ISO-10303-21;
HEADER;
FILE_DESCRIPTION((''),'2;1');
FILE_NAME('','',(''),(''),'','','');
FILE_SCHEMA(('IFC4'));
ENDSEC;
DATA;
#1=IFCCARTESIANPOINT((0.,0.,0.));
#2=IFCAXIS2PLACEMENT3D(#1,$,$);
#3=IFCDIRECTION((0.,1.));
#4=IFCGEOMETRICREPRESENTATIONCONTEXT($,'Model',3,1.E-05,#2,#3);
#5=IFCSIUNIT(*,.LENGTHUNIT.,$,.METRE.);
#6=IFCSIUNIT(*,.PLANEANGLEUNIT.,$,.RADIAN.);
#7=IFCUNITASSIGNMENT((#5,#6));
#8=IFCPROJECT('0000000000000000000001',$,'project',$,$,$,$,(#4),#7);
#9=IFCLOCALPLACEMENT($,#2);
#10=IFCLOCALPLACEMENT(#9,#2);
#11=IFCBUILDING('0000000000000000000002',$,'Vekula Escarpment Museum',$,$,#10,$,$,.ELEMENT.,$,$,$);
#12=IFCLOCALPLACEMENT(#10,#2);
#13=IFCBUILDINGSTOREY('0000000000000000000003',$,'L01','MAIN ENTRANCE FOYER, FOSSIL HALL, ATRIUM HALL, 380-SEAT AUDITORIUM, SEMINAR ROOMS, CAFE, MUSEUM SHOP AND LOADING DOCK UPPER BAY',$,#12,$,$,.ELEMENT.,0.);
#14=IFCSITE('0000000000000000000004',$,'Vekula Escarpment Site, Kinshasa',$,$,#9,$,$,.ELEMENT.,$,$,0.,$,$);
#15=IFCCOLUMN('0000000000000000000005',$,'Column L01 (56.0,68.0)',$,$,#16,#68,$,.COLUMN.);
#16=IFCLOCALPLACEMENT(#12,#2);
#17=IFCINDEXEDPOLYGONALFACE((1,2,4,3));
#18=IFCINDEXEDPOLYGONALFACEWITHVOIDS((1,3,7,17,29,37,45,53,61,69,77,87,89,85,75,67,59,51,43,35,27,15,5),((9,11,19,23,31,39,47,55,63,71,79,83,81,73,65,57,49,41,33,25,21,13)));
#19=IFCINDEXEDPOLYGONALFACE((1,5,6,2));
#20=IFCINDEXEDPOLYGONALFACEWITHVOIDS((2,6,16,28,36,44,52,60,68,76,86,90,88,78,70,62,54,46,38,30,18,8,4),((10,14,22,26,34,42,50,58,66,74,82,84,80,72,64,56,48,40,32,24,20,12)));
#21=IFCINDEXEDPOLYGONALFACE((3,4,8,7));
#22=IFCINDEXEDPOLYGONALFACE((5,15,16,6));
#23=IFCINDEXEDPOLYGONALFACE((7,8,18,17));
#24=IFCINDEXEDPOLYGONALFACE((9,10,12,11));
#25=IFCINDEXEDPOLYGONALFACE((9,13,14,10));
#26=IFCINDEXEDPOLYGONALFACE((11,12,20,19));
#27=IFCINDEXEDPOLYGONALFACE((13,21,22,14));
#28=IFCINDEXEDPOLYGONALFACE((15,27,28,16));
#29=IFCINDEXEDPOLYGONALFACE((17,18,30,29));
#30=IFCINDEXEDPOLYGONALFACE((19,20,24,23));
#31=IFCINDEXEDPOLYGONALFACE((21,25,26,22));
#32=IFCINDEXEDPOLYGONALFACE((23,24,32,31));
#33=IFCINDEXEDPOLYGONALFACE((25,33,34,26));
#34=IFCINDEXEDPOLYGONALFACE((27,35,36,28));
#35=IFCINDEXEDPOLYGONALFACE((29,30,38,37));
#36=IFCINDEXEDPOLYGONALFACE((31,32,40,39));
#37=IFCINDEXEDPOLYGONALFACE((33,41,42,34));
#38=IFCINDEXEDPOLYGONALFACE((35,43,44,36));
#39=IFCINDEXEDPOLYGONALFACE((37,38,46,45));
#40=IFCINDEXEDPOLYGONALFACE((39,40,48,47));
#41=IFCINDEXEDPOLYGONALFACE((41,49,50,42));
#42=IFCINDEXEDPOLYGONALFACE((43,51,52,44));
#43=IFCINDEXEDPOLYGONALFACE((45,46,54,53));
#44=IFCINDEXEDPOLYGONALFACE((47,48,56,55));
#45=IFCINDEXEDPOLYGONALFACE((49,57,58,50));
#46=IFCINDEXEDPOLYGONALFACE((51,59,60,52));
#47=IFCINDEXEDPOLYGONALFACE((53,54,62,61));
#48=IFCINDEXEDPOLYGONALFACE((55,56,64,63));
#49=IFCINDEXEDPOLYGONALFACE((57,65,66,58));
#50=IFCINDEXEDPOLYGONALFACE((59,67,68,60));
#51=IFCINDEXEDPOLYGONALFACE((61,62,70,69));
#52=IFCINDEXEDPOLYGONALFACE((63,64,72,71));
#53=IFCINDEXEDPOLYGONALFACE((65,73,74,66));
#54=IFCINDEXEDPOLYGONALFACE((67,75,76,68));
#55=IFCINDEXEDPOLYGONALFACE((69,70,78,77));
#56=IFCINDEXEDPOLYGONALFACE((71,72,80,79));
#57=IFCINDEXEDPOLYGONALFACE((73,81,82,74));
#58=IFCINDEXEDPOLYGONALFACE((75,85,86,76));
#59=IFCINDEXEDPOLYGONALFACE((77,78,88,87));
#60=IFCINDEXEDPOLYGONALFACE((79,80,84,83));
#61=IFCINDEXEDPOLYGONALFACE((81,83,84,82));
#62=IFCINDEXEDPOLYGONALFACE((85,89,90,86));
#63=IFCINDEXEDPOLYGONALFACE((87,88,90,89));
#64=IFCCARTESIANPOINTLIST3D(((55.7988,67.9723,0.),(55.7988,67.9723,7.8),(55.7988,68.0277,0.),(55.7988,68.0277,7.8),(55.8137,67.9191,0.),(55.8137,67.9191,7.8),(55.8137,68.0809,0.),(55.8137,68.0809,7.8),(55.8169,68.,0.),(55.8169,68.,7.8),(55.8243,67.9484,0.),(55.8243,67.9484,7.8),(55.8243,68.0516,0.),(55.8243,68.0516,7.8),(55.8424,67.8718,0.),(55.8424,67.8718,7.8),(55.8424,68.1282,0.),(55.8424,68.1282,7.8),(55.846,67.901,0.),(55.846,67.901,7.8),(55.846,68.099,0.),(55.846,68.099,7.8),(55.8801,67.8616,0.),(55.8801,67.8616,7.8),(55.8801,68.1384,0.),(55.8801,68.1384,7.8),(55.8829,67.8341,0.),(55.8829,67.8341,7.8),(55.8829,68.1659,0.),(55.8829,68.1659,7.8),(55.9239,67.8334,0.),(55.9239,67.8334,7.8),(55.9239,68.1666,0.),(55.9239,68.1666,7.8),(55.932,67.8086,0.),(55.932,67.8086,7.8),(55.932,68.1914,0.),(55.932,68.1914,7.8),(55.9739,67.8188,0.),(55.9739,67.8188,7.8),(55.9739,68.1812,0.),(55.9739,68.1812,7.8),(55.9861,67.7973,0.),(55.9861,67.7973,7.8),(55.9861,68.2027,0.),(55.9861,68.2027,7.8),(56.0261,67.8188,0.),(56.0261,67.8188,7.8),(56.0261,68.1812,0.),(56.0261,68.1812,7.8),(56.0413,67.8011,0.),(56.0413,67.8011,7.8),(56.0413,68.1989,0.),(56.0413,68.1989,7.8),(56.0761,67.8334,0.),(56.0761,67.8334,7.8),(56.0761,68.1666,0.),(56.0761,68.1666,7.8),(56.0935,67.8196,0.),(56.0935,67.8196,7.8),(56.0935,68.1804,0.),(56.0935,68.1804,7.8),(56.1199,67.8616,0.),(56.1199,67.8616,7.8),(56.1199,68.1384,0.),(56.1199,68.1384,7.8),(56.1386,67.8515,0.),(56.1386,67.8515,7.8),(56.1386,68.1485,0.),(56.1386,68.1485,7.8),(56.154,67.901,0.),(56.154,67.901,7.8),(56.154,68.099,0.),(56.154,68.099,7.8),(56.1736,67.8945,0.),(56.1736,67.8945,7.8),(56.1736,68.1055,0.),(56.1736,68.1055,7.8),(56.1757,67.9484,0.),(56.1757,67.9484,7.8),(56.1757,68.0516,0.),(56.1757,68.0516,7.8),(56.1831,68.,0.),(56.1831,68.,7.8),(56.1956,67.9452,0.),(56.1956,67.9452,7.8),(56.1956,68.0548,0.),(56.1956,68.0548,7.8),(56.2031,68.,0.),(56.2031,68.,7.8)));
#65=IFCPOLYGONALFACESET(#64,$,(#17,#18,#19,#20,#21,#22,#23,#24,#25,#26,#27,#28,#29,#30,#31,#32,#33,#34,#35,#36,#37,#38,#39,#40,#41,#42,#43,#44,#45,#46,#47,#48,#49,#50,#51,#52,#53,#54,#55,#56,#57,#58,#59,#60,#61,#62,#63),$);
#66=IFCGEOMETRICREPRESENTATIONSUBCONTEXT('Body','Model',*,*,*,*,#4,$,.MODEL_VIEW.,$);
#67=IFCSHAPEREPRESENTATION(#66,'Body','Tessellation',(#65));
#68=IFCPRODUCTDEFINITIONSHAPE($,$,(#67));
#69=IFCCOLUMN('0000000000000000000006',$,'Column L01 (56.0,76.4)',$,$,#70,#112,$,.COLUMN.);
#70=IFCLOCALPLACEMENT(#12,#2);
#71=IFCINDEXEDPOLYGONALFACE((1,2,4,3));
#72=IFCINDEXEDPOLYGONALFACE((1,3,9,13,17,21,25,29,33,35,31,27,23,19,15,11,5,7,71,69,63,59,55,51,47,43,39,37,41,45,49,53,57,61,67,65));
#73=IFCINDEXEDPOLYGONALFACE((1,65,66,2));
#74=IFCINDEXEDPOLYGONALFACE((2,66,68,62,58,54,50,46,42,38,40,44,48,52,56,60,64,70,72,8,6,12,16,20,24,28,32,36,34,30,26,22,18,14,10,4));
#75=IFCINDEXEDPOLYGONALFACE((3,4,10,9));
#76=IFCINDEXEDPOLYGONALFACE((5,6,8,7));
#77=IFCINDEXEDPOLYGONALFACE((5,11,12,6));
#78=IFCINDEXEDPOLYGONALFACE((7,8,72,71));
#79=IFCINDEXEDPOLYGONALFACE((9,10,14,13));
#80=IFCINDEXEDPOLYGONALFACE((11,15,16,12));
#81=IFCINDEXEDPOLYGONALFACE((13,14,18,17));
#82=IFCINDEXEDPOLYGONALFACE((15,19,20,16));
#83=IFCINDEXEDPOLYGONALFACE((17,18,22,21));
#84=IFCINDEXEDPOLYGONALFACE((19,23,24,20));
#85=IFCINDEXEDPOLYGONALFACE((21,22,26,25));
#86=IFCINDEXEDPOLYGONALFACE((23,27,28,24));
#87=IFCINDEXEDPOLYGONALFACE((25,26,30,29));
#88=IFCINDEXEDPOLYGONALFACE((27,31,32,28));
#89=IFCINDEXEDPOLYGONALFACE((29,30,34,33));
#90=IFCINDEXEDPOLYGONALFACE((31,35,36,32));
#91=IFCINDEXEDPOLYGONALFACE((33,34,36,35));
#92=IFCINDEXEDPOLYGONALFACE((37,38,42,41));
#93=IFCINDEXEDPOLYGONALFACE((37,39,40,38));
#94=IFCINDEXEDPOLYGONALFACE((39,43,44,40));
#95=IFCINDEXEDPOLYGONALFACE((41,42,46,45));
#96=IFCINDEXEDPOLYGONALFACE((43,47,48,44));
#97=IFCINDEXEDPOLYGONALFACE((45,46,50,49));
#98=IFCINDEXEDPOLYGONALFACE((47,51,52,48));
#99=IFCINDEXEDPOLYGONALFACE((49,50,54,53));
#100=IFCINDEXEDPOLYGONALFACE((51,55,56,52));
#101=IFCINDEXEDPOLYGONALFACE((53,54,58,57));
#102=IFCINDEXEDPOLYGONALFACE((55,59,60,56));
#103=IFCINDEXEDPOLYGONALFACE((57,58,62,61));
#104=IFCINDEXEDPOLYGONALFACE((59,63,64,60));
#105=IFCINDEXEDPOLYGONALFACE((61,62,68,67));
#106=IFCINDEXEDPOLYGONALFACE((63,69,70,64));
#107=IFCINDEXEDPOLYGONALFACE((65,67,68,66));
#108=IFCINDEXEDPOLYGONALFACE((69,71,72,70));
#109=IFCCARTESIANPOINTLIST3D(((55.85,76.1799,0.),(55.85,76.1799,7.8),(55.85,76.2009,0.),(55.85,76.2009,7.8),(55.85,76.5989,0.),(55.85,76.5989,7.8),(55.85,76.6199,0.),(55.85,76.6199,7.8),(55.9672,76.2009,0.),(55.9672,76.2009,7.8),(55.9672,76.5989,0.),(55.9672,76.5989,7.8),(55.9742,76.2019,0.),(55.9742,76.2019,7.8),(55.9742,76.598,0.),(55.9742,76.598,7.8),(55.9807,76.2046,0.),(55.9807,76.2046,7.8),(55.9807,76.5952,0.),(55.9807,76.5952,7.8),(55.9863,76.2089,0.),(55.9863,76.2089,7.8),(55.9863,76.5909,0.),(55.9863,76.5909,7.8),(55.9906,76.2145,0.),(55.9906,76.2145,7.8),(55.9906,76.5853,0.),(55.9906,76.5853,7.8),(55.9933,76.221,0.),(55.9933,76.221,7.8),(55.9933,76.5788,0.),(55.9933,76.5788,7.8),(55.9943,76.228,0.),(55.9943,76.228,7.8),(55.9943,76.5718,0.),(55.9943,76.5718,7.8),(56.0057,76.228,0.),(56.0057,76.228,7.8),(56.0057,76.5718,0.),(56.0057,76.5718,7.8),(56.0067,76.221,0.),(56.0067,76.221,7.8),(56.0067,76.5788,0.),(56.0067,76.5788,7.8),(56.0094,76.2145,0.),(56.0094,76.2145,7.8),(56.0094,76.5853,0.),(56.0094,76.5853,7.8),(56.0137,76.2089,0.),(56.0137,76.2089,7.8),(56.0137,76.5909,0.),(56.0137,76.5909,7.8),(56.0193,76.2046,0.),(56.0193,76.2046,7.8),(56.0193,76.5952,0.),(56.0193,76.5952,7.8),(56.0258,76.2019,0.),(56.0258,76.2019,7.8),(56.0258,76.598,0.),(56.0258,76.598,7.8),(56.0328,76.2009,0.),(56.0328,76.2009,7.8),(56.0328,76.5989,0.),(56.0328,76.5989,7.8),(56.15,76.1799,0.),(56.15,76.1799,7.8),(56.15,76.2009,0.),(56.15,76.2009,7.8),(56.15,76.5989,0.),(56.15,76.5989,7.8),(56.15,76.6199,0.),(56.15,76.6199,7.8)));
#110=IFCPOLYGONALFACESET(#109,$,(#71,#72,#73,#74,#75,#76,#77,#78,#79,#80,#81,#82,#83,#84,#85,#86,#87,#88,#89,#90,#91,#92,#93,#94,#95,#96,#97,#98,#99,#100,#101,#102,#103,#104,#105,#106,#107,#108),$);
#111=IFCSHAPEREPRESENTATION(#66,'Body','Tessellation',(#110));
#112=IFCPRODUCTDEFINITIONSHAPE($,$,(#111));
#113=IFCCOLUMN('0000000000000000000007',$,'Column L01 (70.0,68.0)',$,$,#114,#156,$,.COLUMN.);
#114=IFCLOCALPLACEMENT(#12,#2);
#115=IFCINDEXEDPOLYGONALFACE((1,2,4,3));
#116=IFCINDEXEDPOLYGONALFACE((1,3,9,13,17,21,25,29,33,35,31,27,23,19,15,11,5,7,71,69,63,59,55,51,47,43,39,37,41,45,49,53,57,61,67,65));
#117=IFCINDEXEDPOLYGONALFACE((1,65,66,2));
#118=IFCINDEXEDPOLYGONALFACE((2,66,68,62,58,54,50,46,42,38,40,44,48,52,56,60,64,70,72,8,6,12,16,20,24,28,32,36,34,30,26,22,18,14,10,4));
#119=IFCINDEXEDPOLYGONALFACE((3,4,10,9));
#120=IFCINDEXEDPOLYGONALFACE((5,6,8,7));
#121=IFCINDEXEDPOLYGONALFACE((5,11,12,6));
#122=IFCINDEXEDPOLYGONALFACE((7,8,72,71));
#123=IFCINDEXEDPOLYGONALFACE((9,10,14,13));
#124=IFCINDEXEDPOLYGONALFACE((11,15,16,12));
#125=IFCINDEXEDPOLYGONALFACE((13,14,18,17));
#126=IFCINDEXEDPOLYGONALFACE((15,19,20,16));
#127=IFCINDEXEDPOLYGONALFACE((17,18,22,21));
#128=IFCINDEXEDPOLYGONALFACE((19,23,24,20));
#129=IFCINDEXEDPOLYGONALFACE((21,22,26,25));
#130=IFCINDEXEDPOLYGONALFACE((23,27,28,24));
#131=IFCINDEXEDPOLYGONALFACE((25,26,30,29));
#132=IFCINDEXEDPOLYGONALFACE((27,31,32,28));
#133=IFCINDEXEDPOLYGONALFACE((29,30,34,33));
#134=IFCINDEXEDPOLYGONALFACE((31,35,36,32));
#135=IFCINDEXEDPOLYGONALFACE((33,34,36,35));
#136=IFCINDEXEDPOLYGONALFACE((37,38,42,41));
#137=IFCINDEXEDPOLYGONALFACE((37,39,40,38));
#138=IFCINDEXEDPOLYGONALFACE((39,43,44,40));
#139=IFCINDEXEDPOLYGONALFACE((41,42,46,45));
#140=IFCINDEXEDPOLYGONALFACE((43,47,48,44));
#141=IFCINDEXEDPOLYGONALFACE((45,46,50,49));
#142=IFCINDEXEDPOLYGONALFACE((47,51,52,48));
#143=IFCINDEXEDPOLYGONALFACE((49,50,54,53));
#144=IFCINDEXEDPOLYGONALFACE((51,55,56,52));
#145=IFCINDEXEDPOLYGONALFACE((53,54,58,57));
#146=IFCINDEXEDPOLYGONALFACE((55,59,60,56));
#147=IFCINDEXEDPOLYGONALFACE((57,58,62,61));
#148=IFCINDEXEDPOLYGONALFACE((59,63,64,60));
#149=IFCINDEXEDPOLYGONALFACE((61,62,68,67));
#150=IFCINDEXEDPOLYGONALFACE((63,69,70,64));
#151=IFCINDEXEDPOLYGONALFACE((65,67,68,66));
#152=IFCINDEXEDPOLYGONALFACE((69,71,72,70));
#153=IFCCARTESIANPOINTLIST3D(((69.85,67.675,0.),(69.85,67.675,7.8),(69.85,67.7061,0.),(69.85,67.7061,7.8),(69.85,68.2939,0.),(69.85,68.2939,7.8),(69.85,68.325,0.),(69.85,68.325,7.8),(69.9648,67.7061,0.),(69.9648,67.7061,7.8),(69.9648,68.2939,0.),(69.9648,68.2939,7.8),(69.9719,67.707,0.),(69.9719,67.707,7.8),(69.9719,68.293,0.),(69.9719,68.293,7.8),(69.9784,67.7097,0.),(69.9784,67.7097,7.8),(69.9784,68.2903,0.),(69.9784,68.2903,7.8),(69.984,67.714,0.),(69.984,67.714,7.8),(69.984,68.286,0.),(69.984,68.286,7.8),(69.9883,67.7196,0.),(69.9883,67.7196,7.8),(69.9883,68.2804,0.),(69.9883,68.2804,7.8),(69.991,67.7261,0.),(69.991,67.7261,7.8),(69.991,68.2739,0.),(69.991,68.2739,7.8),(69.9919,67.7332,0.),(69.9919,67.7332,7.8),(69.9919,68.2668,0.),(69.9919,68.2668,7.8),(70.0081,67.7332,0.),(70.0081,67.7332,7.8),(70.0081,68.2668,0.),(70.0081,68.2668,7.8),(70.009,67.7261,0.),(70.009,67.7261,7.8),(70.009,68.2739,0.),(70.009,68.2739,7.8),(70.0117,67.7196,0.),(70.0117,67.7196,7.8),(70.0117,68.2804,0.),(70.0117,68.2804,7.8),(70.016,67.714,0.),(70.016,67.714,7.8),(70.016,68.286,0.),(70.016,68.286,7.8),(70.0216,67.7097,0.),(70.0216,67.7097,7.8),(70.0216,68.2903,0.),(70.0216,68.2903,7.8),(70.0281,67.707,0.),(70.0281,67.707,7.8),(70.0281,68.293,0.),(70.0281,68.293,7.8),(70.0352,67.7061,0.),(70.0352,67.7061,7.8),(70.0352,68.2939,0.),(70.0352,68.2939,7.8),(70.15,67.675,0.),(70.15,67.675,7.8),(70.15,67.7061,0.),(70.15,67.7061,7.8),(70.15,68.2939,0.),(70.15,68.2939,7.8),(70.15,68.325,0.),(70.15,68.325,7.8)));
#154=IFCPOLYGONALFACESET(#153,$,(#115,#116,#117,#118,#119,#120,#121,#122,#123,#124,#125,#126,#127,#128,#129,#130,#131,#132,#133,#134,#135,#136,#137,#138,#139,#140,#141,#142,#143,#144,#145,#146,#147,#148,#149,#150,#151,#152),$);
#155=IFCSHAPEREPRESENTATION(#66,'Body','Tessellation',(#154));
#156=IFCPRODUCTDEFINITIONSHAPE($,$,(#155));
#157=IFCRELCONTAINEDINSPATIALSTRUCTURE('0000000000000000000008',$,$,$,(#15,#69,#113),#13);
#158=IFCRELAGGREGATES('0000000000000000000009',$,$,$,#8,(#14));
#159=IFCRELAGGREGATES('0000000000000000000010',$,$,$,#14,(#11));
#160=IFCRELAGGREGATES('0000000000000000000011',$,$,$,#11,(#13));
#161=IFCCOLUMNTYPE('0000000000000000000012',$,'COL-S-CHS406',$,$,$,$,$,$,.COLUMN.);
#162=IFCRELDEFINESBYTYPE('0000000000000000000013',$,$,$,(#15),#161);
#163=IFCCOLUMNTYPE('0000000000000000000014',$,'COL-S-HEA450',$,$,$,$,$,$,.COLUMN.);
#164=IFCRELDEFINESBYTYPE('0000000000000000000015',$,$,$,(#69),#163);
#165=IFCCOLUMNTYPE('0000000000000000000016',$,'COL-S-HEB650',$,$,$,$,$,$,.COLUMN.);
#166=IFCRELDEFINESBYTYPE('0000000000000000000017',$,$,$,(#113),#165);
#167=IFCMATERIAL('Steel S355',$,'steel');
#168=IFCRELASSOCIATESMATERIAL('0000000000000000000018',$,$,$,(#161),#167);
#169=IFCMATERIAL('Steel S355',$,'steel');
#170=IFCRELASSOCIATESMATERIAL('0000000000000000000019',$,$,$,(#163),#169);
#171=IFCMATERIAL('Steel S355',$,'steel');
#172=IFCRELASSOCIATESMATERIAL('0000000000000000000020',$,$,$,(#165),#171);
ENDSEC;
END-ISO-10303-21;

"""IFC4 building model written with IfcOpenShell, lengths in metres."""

from ifc_helpers import new_model, si_unit, direction, frame, origin, origin_2d, place, context, subcontext, project, spatial, hollow_circle, i_section, extrude, material, material_profile, profile_set, type_object, element, save


model = new_model("IFC4")

# Units and contexts
model_context = context("Model", 3, precision=1e-05, world=origin(), true_north=direction((0.0, 1.0)))
body_context = subcontext(model_context, "Body", "Model", "MODEL_VIEW")
ifc_project = project(units=[si_unit("LENGTHUNIT", "METRE"), si_unit("PLANEANGLEUNIT", "RADIAN")], contexts=[model_context])

# Site, building, storey
site_placement = place(None, origin())
site = spatial("IfcSite", under=ifc_project, at=site_placement, Name="Vekula Escarpment Site, Kinshasa", CompositionType="ELEMENT", RefElevation=0.0)
building_placement = place(site_placement, origin())
building = spatial("IfcBuilding", under=site, at=building_placement, Name="Vekula Escarpment Museum", CompositionType="ELEMENT")
storey_placement = place(building_placement, origin())
storey = spatial("IfcBuildingStorey", under=building, at=storey_placement, Name="L01", Description="MAIN ENTRANCE FOYER, FOSSIL HALL, ATRIUM HALL, 380-SEAT AUDITORIUM, SEMINAR ROOMS, CAFE, MUSEUM SHOP AND LOADING DOCK UPPER BAY", CompositionType="ELEMENT", Elevation=0.0)

# Columns
ifc_material_1 = material(Name="Steel S355", Category="steel")
ifc_material_profile_1 = material_profile(ifc_material_1, hollow_circle(Radius=0.2031, WallThickness=0.02, at=origin_2d()), Name="CHS 406.4x20")
ifc_profile_set_1 = profile_set([ifc_material_profile_1], Name="Steel S355")
column_type_1 = type_object("IfcColumnType", Name="COL-S-CHS406", PredefinedType="COLUMN", material=ifc_profile_set_1)
column_1_placement = place(storey_placement, frame((56.0, 68.0, 0.0), z_axis=(0.0, 0.0, 1.0), x_axis=(1.0, 0.0, 0.0)))
element("IfcColumn", 1, at=column_1_placement, inside=storey, type_object=column_type_1, Name="Column L01 (56.0,68.0)", PredefinedType="COLUMN", context=body_context, shape_type="SweptSolid", body=[
    extrude(hollow_circle(Radius=0.2031, WallThickness=0.02, at=origin_2d()), origin(), (0.0, 0.0, 1.0), 7.8),
])
ifc_material_2 = material(Name="Steel S355", Category="steel")
ifc_material_profile_2 = material_profile(ifc_material_2, i_section(OverallWidth=0.3, OverallDepth=0.4399, WebThickness=0.0115, FlangeThickness=0.021, FilletRadius=0.0271, at=origin_2d()), Name="HEA 450")
ifc_profile_set_2 = profile_set([ifc_material_profile_2], Name="Steel S355")
column_type_2 = type_object("IfcColumnType", Name="COL-S-HEA450", PredefinedType="COLUMN", material=ifc_profile_set_2)
column_2_placement = place(storey_placement, frame((56.0, 76.3999, 0.0), z_axis=(0.0, 0.0, 1.0), x_axis=(1.0, 0.0, 0.0)))
element("IfcColumn", 2, at=column_2_placement, inside=storey, type_object=column_type_2, Name="Column L01 (56.0,76.4)", PredefinedType="COLUMN", context=body_context, shape_type="SweptSolid", body=[
    extrude(i_section(OverallWidth=0.3, OverallDepth=0.4399, WebThickness=0.0115, FlangeThickness=0.021, FilletRadius=0.0271, at=origin_2d()), origin(), (0.0, 0.0, 1.0), 7.8),
])
ifc_material_3 = material(Name="Steel S355", Category="steel")
ifc_material_profile_3 = material_profile(ifc_material_3, i_section(OverallWidth=0.3, OverallDepth=0.6499, WebThickness=0.0161, FlangeThickness=0.031, FilletRadius=0.0271, at=origin_2d()), Name="HEB 650")
ifc_profile_set_3 = profile_set([ifc_material_profile_3], Name="Steel S355")
column_type_3 = type_object("IfcColumnType", Name="COL-S-HEB650", PredefinedType="COLUMN", material=ifc_profile_set_3)
for number, where, z_axis, x_axis, name in (
    (3, (70.0, 68.0, 0.0), (0.0, 0.0, 1.0), (1.0, 0.0, 0.0), "Column L01 (70.0,68.0)"),
):
    element("IfcColumn", number, at=place(storey_placement, frame(where, z_axis=z_axis, x_axis=x_axis)), inside=storey, type_object=column_type_3, Name=name, PredefinedType="COLUMN", context=body_context, shape_type="SweptSolid", body=[
        extrude(i_section(OverallWidth=0.3, OverallDepth=0.6499, WebThickness=0.0161, FlangeThickness=0.031, FilletRadius=0.0271, at=origin_2d()), origin(), (0.0, 0.0, 1.0), 7.8),
    ])

save(model, "model.ifc")
